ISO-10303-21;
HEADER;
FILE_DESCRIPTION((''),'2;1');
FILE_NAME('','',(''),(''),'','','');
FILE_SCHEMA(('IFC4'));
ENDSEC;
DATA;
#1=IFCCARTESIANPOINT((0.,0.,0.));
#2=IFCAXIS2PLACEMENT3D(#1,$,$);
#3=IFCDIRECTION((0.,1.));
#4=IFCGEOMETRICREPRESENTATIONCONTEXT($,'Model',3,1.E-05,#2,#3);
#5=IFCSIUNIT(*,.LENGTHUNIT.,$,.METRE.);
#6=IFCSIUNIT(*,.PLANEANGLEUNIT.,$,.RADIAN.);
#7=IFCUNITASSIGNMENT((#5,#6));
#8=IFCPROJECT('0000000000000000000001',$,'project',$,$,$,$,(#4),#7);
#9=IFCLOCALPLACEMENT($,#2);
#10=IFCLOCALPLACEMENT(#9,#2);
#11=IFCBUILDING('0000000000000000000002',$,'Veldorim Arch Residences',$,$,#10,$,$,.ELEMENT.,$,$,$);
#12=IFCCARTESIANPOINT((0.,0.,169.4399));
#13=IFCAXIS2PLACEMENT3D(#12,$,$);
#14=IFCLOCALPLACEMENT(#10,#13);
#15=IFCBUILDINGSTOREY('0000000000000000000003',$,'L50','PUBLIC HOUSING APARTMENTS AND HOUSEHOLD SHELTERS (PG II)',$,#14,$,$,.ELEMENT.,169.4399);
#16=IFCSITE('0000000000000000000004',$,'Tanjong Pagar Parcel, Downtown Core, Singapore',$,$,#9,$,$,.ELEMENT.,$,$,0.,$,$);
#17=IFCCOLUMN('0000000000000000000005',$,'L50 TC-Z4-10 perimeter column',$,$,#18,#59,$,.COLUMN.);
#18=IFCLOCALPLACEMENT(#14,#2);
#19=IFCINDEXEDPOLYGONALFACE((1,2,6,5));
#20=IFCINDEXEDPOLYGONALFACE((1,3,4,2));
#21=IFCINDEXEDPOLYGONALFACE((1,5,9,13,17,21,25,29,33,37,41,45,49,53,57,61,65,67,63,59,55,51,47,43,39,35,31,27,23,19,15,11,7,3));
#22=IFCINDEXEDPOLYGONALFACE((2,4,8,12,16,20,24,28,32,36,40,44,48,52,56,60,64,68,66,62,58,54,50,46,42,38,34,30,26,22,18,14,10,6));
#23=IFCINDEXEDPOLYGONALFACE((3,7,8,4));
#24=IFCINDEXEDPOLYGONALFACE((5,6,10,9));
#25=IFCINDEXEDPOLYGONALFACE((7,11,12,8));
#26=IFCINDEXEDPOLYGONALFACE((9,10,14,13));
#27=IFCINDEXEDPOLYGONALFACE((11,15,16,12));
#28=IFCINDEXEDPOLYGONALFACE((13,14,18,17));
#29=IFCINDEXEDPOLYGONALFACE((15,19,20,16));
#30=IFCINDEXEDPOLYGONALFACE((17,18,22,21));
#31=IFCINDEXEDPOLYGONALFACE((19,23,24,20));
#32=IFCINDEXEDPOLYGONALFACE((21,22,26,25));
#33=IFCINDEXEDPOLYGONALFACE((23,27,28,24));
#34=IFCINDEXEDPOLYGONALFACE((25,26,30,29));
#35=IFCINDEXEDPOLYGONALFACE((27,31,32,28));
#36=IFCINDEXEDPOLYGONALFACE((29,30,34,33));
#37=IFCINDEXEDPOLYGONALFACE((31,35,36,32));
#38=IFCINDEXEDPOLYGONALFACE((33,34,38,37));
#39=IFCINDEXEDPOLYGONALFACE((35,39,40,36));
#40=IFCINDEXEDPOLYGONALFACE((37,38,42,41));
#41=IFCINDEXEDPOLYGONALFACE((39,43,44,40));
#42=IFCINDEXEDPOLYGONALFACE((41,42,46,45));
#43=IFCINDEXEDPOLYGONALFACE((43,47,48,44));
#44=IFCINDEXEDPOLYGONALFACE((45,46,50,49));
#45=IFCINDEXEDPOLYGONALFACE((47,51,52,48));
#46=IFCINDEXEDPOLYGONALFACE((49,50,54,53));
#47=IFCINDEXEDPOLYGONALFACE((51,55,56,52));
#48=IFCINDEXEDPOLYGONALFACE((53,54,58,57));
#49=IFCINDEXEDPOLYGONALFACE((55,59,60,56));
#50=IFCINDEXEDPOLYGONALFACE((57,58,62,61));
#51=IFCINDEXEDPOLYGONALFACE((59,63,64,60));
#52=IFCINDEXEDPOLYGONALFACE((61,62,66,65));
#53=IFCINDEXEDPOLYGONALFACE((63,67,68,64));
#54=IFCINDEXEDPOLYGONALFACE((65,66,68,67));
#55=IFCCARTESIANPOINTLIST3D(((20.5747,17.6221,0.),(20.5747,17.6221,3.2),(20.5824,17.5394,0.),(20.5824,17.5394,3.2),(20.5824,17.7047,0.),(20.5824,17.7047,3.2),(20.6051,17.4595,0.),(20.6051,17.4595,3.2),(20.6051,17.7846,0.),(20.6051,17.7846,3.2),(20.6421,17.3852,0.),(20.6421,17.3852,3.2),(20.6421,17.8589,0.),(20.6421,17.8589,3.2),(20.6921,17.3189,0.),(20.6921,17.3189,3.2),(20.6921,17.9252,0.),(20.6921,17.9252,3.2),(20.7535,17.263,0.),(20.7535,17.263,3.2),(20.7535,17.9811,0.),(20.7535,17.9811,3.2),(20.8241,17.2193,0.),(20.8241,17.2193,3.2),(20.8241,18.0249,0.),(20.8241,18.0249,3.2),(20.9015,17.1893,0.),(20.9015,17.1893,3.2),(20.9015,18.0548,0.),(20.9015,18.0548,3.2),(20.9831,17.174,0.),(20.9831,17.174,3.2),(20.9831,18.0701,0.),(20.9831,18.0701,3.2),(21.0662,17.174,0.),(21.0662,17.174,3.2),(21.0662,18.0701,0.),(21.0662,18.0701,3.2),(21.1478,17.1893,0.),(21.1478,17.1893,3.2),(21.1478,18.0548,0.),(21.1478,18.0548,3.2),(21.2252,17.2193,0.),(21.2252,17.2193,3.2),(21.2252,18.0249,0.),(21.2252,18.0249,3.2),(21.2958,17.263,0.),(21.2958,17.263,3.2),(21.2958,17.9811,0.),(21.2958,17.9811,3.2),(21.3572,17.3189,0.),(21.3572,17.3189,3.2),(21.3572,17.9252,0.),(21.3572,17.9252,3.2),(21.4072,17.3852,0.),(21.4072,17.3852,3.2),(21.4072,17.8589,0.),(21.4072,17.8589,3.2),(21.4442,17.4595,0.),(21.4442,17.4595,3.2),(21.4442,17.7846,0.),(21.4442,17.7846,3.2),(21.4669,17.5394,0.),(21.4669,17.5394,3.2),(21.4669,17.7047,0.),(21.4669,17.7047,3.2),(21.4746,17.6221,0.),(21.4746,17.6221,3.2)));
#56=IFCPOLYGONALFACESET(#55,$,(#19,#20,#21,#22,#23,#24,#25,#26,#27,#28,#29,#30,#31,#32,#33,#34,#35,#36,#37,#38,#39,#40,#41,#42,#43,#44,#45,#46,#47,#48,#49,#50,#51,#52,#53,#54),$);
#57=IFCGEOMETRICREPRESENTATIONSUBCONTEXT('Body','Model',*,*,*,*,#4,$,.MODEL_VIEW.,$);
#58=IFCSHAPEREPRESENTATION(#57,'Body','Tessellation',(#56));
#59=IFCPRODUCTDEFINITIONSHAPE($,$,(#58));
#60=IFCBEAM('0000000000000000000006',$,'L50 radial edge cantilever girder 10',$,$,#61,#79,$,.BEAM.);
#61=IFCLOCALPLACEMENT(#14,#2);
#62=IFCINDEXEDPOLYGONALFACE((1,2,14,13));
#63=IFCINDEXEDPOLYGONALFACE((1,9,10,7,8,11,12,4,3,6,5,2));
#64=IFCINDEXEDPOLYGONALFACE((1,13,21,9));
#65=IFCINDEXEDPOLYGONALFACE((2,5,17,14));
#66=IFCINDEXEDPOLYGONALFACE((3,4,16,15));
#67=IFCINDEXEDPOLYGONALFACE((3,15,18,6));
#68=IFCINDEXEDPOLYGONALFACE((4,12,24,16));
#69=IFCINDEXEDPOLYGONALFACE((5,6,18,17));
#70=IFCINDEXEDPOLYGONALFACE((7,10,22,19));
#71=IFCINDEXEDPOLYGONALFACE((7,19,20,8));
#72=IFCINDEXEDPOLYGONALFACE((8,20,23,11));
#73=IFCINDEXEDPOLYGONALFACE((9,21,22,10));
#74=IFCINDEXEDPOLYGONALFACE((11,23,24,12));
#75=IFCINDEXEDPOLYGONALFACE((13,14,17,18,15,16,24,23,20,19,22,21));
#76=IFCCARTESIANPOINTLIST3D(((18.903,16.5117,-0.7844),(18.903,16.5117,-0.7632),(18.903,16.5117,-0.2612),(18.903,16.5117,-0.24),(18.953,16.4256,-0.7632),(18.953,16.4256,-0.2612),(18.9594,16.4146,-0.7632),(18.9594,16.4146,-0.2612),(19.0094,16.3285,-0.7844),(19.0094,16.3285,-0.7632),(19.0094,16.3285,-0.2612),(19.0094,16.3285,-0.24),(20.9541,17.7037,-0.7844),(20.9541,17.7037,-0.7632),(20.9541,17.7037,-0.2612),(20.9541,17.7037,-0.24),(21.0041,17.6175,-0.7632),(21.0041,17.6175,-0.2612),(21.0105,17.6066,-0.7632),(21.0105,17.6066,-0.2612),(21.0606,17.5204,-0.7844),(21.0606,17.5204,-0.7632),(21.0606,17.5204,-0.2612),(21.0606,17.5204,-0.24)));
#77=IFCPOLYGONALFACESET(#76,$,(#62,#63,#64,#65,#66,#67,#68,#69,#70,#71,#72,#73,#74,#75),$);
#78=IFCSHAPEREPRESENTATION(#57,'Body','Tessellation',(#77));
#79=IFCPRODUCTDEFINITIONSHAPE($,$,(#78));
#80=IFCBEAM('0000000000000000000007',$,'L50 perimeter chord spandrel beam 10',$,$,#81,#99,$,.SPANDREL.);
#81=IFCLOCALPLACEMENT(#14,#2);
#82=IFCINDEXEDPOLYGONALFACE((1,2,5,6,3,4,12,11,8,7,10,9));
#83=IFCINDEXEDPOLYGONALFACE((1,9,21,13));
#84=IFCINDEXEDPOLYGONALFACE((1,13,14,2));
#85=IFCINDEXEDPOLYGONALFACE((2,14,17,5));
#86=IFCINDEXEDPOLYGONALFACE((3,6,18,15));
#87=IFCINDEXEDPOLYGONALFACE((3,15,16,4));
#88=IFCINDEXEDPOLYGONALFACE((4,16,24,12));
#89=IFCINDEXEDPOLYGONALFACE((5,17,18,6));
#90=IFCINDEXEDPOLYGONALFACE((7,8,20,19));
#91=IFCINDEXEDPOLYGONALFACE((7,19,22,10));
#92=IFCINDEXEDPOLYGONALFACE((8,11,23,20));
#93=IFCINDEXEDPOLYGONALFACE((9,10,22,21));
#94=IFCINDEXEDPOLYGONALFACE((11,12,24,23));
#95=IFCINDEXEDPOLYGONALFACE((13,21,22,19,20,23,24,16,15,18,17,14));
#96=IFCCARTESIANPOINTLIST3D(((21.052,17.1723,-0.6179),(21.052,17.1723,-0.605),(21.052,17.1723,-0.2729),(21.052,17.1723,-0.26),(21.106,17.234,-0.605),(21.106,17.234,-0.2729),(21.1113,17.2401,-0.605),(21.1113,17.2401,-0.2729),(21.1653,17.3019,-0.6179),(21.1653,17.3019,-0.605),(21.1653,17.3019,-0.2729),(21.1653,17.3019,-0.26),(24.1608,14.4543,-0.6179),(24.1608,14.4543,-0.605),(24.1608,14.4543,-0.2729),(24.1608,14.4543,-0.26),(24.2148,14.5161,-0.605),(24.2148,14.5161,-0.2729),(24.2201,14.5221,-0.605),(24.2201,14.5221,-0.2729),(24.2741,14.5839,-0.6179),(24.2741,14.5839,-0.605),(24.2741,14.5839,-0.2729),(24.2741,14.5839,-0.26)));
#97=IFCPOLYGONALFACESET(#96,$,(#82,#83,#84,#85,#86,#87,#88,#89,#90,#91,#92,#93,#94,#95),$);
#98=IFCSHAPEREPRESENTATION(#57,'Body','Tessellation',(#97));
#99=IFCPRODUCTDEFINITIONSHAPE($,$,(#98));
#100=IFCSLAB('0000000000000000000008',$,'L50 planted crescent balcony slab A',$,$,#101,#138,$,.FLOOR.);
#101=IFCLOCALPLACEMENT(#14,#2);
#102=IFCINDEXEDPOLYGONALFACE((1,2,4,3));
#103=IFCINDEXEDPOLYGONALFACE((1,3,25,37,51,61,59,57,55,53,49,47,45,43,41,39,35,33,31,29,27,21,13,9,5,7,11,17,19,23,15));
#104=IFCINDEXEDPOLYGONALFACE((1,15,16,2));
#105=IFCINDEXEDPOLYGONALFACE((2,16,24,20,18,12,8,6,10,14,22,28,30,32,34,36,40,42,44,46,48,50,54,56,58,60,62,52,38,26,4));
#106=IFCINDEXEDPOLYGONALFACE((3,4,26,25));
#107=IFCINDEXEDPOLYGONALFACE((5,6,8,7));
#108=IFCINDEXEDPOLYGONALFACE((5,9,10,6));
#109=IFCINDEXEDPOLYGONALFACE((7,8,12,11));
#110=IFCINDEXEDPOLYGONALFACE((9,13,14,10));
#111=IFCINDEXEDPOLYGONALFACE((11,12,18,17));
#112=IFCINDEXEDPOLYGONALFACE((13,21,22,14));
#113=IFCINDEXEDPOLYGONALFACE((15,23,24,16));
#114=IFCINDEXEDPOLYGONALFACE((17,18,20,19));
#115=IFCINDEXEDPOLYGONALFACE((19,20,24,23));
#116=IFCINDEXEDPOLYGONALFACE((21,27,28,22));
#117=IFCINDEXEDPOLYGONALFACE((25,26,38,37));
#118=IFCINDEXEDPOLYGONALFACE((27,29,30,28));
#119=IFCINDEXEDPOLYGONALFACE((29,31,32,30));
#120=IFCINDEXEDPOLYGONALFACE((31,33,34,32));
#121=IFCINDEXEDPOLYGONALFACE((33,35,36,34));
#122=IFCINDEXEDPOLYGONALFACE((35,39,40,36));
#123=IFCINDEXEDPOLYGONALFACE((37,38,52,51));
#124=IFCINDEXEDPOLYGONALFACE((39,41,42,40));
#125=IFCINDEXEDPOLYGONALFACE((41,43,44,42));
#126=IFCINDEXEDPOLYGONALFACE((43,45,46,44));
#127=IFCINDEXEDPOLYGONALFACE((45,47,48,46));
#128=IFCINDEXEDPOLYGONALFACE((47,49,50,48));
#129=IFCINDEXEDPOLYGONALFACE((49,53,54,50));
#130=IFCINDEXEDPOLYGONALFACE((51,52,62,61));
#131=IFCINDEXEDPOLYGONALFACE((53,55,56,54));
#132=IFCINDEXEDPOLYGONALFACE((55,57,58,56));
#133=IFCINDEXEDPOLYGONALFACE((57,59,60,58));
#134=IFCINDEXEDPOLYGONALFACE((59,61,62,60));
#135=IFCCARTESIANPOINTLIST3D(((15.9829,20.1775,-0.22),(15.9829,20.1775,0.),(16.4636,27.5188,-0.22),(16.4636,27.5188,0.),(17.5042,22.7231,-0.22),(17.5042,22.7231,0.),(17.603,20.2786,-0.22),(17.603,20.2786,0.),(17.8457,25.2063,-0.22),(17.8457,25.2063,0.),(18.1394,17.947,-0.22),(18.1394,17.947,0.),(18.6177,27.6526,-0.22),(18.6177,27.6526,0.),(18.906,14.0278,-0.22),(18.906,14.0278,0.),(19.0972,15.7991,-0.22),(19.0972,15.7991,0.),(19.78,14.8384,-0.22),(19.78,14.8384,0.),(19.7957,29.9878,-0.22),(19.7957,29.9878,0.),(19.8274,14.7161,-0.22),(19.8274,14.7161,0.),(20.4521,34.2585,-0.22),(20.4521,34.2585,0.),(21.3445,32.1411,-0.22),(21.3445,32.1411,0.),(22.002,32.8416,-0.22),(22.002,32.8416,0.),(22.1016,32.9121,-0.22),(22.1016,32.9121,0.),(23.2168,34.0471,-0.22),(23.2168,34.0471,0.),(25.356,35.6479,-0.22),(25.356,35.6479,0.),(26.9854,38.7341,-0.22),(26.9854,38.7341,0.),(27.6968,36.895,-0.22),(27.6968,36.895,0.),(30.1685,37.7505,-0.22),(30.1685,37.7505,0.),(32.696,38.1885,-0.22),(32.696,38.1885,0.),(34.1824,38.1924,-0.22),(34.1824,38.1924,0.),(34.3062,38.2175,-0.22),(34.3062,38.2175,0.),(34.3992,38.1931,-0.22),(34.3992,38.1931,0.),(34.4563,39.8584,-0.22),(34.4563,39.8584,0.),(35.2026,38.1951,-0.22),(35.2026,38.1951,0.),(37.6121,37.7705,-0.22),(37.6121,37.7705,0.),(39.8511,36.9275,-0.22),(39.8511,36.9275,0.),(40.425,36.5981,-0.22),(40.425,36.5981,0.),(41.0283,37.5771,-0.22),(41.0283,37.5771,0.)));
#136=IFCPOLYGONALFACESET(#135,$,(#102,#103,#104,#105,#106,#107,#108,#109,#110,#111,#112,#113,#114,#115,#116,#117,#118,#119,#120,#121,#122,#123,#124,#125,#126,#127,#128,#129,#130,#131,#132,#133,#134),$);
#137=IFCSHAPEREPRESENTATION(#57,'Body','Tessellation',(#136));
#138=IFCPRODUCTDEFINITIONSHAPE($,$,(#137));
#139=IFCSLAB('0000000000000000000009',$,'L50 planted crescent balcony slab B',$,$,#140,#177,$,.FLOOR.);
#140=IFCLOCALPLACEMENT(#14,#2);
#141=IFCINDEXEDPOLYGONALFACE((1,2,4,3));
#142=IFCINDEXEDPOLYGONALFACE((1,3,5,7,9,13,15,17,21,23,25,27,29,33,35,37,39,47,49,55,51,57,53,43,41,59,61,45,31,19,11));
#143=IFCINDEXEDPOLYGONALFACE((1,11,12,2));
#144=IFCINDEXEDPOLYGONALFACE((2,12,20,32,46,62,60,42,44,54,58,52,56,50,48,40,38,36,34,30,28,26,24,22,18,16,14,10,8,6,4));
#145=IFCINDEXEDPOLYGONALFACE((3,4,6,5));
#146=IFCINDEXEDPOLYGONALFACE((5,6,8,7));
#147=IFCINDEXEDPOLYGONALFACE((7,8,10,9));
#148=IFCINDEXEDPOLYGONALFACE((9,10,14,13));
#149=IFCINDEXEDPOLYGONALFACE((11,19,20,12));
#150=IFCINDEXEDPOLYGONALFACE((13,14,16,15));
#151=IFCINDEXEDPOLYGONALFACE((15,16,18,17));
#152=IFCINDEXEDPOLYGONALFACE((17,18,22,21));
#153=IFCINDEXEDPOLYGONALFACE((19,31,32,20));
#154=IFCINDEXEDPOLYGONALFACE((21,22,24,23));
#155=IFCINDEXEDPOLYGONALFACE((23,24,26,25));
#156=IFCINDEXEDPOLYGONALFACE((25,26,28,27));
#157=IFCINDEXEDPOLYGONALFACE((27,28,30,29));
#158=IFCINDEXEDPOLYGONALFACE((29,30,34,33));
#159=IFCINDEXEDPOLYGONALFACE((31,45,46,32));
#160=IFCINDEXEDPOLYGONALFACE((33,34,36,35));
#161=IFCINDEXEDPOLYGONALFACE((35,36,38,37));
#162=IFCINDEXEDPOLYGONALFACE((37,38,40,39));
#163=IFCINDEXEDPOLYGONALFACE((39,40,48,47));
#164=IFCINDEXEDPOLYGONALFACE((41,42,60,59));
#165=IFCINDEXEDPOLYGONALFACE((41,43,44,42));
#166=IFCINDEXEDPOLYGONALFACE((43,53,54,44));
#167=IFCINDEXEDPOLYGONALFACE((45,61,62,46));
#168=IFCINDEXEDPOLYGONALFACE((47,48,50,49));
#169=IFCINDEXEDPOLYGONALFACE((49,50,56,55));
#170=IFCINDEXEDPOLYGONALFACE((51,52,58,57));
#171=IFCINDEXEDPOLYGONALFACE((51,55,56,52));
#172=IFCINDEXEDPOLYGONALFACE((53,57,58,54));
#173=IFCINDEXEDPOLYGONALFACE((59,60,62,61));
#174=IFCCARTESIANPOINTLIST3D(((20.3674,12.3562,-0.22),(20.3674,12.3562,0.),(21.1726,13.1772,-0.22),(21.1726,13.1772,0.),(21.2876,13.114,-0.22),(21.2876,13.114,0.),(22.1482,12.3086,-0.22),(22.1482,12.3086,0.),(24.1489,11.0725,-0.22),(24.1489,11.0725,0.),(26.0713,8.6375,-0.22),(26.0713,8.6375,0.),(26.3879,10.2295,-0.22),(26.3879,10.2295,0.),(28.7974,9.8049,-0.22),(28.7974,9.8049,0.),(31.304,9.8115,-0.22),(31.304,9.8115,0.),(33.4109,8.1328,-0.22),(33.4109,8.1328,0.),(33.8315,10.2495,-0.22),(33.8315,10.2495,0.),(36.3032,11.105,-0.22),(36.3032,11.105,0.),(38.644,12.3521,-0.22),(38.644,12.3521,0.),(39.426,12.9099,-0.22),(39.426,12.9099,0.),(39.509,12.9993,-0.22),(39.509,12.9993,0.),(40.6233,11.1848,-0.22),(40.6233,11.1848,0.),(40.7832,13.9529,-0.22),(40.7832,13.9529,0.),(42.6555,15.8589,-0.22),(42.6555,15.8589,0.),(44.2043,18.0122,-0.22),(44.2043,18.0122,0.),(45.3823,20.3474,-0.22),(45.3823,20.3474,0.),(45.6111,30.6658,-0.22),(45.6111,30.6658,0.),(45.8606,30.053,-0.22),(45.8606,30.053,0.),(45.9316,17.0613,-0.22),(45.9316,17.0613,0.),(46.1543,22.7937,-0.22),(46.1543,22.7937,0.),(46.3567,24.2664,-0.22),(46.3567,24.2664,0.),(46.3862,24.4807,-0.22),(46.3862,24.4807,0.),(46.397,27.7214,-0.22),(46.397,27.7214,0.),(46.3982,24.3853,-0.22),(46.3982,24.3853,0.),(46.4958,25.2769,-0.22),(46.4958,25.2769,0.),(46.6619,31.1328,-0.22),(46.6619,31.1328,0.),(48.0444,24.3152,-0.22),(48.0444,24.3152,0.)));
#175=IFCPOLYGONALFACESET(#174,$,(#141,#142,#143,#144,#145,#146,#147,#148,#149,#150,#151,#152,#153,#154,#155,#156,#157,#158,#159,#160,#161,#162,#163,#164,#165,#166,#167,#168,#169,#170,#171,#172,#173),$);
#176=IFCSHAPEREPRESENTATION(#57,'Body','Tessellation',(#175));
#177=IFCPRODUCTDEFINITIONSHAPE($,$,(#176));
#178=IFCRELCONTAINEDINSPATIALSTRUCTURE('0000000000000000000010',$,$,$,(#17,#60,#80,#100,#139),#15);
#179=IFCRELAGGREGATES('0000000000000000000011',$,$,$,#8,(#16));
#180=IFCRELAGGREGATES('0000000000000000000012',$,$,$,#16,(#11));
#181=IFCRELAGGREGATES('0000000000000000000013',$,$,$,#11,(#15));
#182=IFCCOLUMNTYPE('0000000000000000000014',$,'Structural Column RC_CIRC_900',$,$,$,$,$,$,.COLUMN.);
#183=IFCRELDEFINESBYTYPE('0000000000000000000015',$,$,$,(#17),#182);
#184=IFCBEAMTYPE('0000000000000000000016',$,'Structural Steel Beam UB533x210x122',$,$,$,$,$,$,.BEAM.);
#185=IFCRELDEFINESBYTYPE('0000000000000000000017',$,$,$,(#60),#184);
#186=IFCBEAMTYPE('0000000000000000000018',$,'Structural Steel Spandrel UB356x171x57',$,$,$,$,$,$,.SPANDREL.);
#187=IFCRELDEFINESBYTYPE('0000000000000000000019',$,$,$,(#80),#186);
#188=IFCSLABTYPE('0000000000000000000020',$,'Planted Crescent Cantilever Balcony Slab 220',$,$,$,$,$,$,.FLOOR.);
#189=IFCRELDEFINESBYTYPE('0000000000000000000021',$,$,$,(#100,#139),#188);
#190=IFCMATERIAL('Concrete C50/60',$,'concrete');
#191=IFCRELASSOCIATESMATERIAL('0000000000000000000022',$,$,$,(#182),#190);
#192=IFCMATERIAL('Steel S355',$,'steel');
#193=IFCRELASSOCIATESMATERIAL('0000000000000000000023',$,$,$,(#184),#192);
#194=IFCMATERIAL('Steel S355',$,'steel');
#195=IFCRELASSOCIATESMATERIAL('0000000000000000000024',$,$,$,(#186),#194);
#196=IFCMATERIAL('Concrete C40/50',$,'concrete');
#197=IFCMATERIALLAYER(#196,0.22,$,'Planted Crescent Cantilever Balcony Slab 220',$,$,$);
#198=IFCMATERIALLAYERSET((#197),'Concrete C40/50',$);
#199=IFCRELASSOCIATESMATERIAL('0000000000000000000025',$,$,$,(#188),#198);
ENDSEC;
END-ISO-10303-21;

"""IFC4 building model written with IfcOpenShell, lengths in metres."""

from ifc_helpers import new_model, si_unit, direction, frame, origin, origin_2d, place, context, subcontext, project, spatial, polyline, circle, i_section, outline, extrude, material, layer, layer_set, material_profile, profile_set, type_object, element, save


model = new_model("IFC4")

# Units and contexts
model_context = context("Model", 3, precision=1e-05, world=origin(), true_north=direction((0.0, 1.0)))
body_context = subcontext(model_context, "Body", "Model", "MODEL_VIEW")
ifc_project = project(units=[si_unit("LENGTHUNIT", "METRE"), si_unit("PLANEANGLEUNIT", "RADIAN")], contexts=[model_context])

# Site, building, storey
site_placement = place(None, origin())
site = spatial("IfcSite", under=ifc_project, at=site_placement, Name="Tanjong Pagar Parcel, Downtown Core, Singapore", CompositionType="ELEMENT", RefElevation=0.0)
building_placement = place(site_placement, origin())
building = spatial("IfcBuilding", under=site, at=building_placement, Name="Veldorim Arch Residences", CompositionType="ELEMENT")
storey_placement = place(building_placement, frame((0.0, 0.0, 169.4399)))
storey = spatial("IfcBuildingStorey", under=building, at=storey_placement, Name="L50", Description="PUBLIC HOUSING APARTMENTS AND HOUSEHOLD SHELTERS (PG II)", CompositionType="ELEMENT", Elevation=169.4399)

# Column
ifc_material_1 = material(Name="Concrete C50/60", Category="concrete")
ifc_material_profile_1 = material_profile(ifc_material_1, circle(Radius=0.45, at=origin_2d()), Name="RC_CIRC_900")
ifc_profile_set_1 = profile_set([ifc_material_profile_1], Name="Concrete C50/60")
column_type = type_object("IfcColumnType", Name="Structural Column RC_CIRC_900", PredefinedType="COLUMN", material=ifc_profile_set_1)
column_placement = place(storey_placement, frame((21.0247, 17.6221, 0.0), z_axis=(0.0, 0.0, 1.0), x_axis=(1.0, 0.0, 0.0)))
element("IfcColumn", 1, at=column_placement, inside=storey, type_object=column_type, Name="L50 TC-Z4-10 perimeter column", PredefinedType="COLUMN", context=body_context, shape_type="SweptSolid", body=[
    extrude(circle(Radius=0.45, at=origin_2d()), origin(), (0.0, 0.0, 1.0), 3.2),
])

# Beams
ifc_material_2 = material(Name="Steel S355", Category="steel")
ifc_material_profile_2 = material_profile(ifc_material_2, i_section(OverallWidth=0.2119, OverallDepth=0.5444, WebThickness=0.0127, FlangeThickness=0.0212, at=origin_2d()), Name="UB533x210x122")
ifc_profile_set_2 = profile_set([ifc_material_profile_2], Name="Steel S355")
beam_type_1 = type_object("IfcBeamType", Name="Structural Steel Beam UB533x210x122", PredefinedType="BEAM", material=ifc_profile_set_2)
beam_1_placement = place(storey_placement, frame((21.0073, 17.6121, -0.5122), z_axis=(-0.86461, -0.502443, 0.0), x_axis=(0.502443, -0.86461, 0.0)))
element("IfcBeam", 2, at=beam_1_placement, inside=storey, type_object=beam_type_1, Name="L50 radial edge cantilever girder 10", PredefinedType="BEAM", context=body_context, shape_type="SweptSolid", body=[
    extrude(i_section(OverallWidth=0.2119, OverallDepth=0.5444, WebThickness=0.0127, FlangeThickness=0.0212, at=origin_2d()), origin(), (0.0, 0.0, 1.0), 2.3723),
])
ifc_material_3 = material(Name="Steel S355", Category="steel")
ifc_material_profile_3 = material_profile(ifc_material_3, i_section(OverallWidth=0.1721, OverallDepth=0.3579, WebThickness=0.0081, FlangeThickness=0.0129, at=origin_2d()), Name="UB356x171x57")
ifc_profile_set_3 = profile_set([ifc_material_profile_3], Name="Steel S355")
beam_type_2 = type_object("IfcBeamType", Name="Structural Steel Spandrel UB356x171x57", PredefinedType="SPANDREL", material=ifc_profile_set_3)
beam_2_placement = place(storey_placement, frame((21.1086, 17.2371, -0.439), z_axis=(0.752848, -0.658195, 0.0), x_axis=(0.658195, 0.752848, 0.0)))
element("IfcBeam", 3, at=beam_2_placement, inside=storey, type_object=beam_type_2, Name="L50 perimeter chord spandrel beam 10", PredefinedType="SPANDREL", context=body_context, shape_type="SweptSolid", body=[
    extrude(i_section(OverallWidth=0.1721, OverallDepth=0.3579, WebThickness=0.0081, FlangeThickness=0.0129, at=origin_2d()), origin(), (0.0, 0.0, 1.0), 4.1294),
])

# Slabs
ifc_material_4 = material(Name="Concrete C40/50", Category="concrete")
ifc_layer_1 = layer(ifc_material_4, 0.22, Name="Planted Crescent Cantilever Balcony Slab 220")
ifc_layer_set_1 = layer_set([ifc_layer_1], Name="Concrete C40/50")
slab_type_1 = type_object("IfcSlabType", Name="Planted Crescent Cantilever Balcony Slab 220", PredefinedType="FLOOR", material=ifc_layer_set_1)
slab_1_placement = place(storey_placement, frame((0.0, 0.0, -0.22)))
element("IfcSlab", 4, at=slab_1_placement, inside=storey, type_object=slab_type_1, Name="L50 planted crescent balcony slab A", PredefinedType="FLOOR", context=body_context, shape_type="SweptSolid", body=[
    extrude(outline(polyline([(40.425, 36.5981), (39.8511, 36.9275), (37.6121, 37.7705), (35.2026, 38.1951), (34.3992, 38.1931), (34.3062, 38.2175), (34.1824, 38.1924), (32.696, 38.1885), (30.1685, 37.7505), (27.6968, 36.895), (25.356, 35.6479), (23.2168, 34.0471), (22.1016, 32.9121), (22.002, 32.8416), (21.3445, 32.1411), (19.7957, 29.9878), (18.6177, 27.6526), (17.8457, 25.2063), (17.5042, 22.7231), (17.603, 20.2786), (18.1394, 17.947), (19.0972, 15.7991), (19.78, 14.8384), (19.8274, 14.7161), (18.906, 14.0278), (15.9829, 20.1775), (16.4636, 27.5188), (20.4521, 34.2585), (26.9854, 38.7341), (34.4563, 39.8584), (41.0283, 37.5771), (40.425, 36.5981)])), origin(), (0.0, 0.0, 1.0), 0.22),
])
slab_2_placement = place(storey_placement, frame((0.0, 0.0, -0.22)))
element("IfcSlab", 5, at=slab_2_placement, inside=storey, type_object=slab_type_1, Name="L50 planted crescent balcony slab B", PredefinedType="FLOOR", context=body_context, shape_type="SweptSolid", body=[
    extrude(outline(polyline([(21.2876, 13.114), (22.1482, 12.3086), (24.1489, 11.0725), (26.3879, 10.2295), (28.7974, 9.8049), (31.304, 9.8115), (33.8315, 10.2495), (36.3032, 11.105), (38.644, 12.3521), (39.426, 12.9099), (39.509, 12.9993), (40.7832, 13.9529), (42.6555, 15.8589), (44.2043, 18.0122), (45.3823, 20.3474), (46.1543, 22.7937), (46.3567, 24.2664), (46.3982, 24.3853), (46.3862, 24.4807), (46.4958, 25.2769), (46.397, 27.7214), (45.8606, 30.053), (45.6111, 30.6658), (46.6619, 31.1328), (48.0444, 24.3152), (45.9316, 17.0613), (40.6233, 11.1848), (33.4109, 8.1328), (26.0713, 8.6375), (20.3674, 12.3562), (21.1726, 13.1772), (21.2876, 13.114)])), origin(), (0.0, 0.0, 1.0), 0.22),
])

save(model, "model.ifc")
